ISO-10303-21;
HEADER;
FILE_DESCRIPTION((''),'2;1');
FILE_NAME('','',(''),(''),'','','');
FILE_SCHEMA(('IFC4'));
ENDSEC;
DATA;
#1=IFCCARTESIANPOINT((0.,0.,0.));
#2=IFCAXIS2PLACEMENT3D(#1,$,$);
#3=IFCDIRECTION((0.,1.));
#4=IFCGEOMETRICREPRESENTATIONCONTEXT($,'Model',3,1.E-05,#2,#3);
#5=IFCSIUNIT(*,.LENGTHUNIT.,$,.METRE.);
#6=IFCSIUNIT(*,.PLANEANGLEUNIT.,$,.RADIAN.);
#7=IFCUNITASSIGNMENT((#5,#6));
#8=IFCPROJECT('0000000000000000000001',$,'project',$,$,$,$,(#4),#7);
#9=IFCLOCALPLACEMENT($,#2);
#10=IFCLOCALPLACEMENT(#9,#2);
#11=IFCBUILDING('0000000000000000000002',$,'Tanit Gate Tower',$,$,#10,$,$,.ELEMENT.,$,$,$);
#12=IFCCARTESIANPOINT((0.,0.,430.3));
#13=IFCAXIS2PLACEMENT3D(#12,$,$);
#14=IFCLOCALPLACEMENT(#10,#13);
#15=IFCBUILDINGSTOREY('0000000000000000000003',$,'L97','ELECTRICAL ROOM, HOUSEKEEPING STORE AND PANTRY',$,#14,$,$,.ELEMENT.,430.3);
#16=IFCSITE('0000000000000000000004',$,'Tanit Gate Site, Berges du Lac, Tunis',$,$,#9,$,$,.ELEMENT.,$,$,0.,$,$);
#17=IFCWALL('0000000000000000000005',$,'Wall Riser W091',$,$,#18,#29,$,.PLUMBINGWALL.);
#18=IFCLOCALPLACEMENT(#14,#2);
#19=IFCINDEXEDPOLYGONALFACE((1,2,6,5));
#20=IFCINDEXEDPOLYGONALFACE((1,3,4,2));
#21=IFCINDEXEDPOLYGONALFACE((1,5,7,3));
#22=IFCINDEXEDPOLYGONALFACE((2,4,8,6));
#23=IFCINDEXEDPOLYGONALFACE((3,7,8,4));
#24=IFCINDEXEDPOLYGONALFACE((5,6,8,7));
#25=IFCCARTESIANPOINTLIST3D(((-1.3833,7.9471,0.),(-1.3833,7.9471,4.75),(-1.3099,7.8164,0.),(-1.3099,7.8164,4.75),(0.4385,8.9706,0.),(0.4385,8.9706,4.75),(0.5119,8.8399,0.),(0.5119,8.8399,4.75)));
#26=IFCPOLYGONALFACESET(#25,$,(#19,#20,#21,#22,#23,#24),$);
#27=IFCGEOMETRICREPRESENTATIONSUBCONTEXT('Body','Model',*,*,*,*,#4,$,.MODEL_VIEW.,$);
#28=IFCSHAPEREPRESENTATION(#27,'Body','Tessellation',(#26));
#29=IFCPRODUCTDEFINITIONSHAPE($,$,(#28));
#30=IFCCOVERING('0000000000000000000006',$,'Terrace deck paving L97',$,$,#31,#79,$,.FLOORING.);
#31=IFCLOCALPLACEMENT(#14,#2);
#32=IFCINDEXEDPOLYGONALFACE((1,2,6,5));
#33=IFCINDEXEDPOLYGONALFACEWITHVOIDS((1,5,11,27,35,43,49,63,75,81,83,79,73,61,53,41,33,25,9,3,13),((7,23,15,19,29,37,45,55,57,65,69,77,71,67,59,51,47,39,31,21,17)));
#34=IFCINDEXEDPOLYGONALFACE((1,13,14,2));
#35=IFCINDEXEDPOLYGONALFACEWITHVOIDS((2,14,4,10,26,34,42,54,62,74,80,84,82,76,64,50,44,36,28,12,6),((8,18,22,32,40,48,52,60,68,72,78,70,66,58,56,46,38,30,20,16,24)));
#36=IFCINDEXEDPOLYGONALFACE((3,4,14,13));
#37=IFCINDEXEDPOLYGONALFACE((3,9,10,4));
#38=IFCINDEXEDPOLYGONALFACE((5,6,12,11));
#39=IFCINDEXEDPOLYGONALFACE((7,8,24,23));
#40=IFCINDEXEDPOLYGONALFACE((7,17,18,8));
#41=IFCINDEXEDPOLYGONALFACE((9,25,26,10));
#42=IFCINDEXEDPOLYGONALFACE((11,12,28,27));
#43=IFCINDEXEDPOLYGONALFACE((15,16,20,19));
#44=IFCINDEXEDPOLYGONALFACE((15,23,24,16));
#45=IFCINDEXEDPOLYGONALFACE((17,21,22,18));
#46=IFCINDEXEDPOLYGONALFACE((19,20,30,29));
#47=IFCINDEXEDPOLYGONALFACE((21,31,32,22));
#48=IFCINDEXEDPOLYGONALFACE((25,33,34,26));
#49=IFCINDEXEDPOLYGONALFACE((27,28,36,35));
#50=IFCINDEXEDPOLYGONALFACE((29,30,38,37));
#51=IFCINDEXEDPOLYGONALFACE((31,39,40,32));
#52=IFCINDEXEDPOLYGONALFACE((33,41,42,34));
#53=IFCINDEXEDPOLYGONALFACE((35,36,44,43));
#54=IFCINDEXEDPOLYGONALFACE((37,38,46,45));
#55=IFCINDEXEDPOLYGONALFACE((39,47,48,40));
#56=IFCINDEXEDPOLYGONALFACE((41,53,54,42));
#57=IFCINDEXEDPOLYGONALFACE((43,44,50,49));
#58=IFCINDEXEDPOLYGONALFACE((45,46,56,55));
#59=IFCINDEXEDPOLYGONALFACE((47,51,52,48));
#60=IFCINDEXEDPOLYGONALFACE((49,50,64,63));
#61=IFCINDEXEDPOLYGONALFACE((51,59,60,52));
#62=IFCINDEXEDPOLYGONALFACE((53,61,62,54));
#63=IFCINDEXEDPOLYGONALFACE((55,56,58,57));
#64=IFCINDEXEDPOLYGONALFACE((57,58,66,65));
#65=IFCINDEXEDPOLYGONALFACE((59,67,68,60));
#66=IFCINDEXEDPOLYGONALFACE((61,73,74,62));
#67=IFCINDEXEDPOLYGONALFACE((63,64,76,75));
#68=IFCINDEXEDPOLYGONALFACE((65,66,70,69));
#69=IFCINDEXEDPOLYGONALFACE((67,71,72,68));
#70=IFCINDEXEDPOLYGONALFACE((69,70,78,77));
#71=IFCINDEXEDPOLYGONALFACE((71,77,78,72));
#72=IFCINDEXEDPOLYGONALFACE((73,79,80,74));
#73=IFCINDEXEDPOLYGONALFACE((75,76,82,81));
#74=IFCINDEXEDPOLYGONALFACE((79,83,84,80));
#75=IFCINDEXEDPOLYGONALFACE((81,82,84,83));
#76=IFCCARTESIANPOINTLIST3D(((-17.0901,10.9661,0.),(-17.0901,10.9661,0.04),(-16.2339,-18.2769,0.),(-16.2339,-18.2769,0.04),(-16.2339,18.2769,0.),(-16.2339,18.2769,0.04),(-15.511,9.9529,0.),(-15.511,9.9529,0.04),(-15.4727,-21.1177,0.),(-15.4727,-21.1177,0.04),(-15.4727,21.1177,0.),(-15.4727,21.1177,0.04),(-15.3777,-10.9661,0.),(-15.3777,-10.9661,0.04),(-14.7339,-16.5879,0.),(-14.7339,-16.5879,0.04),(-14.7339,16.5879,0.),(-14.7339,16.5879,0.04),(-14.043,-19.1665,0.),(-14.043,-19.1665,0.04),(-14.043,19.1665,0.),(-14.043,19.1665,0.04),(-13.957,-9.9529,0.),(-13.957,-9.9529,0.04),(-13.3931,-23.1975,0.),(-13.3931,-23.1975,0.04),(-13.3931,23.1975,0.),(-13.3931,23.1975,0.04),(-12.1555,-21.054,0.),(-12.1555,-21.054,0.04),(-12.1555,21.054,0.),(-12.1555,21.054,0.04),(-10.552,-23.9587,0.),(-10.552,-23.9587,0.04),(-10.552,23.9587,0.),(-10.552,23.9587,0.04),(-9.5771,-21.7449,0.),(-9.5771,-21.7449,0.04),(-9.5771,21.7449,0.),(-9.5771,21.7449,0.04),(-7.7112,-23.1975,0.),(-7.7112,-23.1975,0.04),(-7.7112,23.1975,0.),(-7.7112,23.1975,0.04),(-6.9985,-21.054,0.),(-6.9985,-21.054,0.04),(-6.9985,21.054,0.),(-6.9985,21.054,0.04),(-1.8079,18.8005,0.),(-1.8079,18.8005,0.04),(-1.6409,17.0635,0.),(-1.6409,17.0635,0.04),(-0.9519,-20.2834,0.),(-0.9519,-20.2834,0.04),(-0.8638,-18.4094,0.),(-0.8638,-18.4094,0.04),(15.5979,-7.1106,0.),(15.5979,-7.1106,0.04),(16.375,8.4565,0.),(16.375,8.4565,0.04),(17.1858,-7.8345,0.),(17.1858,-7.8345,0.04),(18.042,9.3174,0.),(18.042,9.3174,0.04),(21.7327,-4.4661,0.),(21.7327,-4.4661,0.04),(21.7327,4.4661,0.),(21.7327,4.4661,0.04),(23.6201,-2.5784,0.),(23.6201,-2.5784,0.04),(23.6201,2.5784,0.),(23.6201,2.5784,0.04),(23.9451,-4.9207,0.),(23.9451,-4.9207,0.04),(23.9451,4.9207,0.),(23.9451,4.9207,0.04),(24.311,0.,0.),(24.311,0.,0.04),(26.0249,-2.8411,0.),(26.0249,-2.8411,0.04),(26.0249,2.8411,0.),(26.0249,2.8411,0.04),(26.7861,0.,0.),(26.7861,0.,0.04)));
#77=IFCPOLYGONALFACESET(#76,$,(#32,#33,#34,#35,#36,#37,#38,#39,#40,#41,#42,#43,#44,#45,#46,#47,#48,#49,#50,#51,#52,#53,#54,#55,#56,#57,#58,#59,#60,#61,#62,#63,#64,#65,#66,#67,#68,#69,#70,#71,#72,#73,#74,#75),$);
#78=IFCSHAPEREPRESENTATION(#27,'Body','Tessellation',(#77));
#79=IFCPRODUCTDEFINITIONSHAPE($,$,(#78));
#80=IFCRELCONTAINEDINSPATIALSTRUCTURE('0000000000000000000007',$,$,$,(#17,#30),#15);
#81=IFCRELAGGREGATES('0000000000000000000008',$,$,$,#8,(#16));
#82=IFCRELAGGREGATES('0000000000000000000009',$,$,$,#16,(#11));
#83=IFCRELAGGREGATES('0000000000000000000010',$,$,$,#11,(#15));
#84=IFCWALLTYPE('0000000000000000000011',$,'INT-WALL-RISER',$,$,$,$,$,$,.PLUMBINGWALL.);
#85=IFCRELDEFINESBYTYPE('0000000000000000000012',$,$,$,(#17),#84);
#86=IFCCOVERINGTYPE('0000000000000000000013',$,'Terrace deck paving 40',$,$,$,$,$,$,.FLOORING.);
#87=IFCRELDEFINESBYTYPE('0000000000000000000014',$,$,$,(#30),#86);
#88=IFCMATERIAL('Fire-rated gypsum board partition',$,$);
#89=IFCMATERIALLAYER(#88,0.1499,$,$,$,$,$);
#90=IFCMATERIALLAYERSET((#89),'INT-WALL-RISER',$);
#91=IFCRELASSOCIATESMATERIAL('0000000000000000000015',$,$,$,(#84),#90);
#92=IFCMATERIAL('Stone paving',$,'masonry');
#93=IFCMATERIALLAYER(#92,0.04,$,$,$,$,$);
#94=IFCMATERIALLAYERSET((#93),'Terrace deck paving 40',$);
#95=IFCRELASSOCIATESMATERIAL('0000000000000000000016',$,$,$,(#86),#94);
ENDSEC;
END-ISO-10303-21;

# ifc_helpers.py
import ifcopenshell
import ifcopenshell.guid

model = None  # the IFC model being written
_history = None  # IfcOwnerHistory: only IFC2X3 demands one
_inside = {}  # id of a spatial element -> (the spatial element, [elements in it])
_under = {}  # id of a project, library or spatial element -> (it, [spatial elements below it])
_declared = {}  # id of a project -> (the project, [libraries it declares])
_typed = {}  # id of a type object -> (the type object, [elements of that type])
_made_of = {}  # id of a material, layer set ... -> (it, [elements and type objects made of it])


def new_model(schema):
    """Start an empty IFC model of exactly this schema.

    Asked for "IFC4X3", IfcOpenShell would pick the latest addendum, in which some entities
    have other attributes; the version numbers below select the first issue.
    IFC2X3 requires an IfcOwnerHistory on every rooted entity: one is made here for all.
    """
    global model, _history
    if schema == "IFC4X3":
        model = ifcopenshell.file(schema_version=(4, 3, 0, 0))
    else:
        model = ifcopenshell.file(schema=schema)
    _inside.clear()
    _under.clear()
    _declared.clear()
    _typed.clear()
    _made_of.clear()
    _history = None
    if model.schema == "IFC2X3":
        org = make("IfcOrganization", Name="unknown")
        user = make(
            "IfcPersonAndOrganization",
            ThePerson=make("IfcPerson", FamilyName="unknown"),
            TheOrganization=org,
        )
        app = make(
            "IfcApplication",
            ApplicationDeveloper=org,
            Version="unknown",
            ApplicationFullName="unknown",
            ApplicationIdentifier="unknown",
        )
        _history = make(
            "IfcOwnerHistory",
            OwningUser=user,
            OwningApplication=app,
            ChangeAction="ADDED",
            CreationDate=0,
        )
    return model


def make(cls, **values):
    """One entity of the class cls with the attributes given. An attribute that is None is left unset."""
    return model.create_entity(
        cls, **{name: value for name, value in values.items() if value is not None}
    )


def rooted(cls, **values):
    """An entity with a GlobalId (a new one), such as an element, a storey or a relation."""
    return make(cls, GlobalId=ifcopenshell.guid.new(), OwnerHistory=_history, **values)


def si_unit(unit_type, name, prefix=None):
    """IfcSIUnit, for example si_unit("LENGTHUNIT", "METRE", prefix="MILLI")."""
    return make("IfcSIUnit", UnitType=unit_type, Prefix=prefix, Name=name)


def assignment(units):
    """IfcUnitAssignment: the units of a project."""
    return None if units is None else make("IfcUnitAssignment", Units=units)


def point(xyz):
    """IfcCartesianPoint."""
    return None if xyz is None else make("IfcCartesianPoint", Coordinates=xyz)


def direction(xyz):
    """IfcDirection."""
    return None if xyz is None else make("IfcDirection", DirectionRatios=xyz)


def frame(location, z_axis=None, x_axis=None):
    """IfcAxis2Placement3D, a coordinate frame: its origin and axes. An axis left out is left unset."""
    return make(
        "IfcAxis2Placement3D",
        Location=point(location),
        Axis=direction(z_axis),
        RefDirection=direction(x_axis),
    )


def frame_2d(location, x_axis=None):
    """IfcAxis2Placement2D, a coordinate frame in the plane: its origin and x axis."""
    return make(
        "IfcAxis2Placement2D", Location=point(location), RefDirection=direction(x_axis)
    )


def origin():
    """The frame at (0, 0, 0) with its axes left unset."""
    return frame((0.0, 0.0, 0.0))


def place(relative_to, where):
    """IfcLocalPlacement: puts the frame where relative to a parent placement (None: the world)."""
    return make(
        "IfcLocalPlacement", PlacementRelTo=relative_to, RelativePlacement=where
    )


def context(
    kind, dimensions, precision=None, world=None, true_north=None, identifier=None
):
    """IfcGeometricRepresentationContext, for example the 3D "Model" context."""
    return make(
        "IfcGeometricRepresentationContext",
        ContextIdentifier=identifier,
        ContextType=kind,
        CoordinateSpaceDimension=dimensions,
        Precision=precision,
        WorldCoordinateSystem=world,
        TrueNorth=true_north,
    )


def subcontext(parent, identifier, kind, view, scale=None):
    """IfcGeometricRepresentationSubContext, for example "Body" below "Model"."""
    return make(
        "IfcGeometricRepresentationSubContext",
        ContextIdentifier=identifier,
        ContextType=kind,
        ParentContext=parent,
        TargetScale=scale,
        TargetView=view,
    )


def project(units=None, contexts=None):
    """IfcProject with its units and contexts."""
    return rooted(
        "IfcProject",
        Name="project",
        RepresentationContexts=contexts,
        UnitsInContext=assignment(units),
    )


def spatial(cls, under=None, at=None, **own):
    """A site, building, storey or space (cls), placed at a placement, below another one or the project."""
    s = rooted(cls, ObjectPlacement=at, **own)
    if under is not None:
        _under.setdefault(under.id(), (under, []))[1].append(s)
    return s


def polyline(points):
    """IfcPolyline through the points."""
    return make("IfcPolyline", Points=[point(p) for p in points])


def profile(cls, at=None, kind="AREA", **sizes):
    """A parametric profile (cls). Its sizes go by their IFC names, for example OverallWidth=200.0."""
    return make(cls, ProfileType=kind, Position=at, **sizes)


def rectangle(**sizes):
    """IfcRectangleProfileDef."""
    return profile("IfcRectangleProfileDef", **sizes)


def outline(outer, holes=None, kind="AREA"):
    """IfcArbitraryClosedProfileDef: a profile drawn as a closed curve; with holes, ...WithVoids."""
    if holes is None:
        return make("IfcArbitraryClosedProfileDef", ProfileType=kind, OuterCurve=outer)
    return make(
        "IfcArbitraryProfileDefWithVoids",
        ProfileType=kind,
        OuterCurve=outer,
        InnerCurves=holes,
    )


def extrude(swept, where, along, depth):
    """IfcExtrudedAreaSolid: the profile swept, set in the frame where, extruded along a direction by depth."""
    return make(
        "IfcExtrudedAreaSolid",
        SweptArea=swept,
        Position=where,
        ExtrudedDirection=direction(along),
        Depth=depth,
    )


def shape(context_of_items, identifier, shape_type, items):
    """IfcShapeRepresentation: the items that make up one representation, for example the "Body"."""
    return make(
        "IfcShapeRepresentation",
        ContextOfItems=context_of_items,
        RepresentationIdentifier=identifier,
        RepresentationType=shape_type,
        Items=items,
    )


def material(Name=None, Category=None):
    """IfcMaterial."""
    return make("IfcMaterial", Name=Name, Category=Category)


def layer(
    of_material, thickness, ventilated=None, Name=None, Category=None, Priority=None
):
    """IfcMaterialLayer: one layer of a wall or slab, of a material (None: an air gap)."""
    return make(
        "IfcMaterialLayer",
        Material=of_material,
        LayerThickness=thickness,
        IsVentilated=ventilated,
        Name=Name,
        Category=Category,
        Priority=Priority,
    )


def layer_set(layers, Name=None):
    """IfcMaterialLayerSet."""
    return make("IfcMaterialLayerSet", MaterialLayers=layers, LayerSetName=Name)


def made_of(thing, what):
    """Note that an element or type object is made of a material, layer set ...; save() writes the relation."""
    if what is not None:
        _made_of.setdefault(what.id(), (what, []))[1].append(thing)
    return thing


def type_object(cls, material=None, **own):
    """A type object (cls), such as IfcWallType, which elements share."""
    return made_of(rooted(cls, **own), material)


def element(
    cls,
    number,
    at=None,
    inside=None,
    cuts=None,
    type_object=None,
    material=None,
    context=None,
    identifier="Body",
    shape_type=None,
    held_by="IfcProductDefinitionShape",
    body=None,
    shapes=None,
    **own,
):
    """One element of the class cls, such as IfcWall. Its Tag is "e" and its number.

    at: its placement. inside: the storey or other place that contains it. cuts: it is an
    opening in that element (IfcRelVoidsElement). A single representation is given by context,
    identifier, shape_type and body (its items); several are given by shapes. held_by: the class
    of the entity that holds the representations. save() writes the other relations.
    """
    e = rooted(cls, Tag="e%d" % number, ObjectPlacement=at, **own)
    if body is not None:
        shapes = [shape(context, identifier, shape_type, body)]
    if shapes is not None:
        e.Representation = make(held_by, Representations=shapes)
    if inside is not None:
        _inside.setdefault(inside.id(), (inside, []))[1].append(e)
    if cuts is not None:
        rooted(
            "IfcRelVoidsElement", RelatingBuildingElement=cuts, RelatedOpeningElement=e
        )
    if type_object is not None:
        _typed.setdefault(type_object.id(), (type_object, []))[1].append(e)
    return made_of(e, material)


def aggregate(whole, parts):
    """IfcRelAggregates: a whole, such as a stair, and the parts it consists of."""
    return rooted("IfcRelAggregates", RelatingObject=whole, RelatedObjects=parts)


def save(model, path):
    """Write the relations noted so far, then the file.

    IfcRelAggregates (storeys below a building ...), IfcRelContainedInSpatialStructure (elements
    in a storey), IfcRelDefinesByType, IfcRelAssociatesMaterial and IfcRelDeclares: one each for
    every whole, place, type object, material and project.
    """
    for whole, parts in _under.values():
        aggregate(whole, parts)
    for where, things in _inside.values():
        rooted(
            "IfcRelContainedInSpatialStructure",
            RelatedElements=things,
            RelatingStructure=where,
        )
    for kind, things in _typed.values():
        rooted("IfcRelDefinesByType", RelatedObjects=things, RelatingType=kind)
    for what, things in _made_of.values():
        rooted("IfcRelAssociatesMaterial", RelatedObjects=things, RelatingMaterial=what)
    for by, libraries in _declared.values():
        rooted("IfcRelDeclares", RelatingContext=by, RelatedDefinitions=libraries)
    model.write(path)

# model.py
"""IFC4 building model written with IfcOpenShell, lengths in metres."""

from ifc_helpers import new_model, si_unit, direction, frame, frame_2d, origin, place, context, subcontext, project, spatial, polyline, rectangle, outline, extrude, material, layer, layer_set, type_object, element, save


model = new_model("IFC4")

# Units and contexts
model_context = context("Model", 3, precision=1e-05, world=origin(), true_north=direction((0.0, 1.0)))
body_context = subcontext(model_context, "Body", "Model", "MODEL_VIEW")
ifc_project = project(units=[si_unit("LENGTHUNIT", "METRE"), si_unit("PLANEANGLEUNIT", "RADIAN")], contexts=[model_context])

# Site, building, storey
site_placement = place(None, origin())
site = spatial("IfcSite", under=ifc_project, at=site_placement, Name="Tanit Gate Site, Berges du Lac, Tunis", CompositionType="ELEMENT", RefElevation=0.0)
building_placement = place(site_placement, origin())
building = spatial("IfcBuilding", under=site, at=building_placement, Name="Tanit Gate Tower", CompositionType="ELEMENT")
storey_placement = place(building_placement, frame((0.0, 0.0, 430.3)))
storey = spatial("IfcBuildingStorey", under=building, at=storey_placement, Name="L97", Description="ELECTRICAL ROOM, HOUSEKEEPING STORE AND PANTRY", CompositionType="ELEMENT", Elevation=430.3)

# Shared definitions
ifc_material_1 = material(Name="Fire-rated gypsum board partition")
ifc_layer_1 = layer(ifc_material_1, 0.1499)
ifc_layer_set_1 = layer_set([ifc_layer_1], Name="INT-WALL-RISER")
wall_type_1 = type_object("IfcWallType", Name="INT-WALL-RISER", PredefinedType="PLUMBINGWALL", material=ifc_layer_set_1)

# Wall
wall_1_placement = place(storey_placement, frame((0.4753, 8.9053, 0.0), z_axis=(0.0, 0.0, 1.0), x_axis=(-0.871844, -0.489784, 0.0)))
element("IfcWall", 1, at=wall_1_placement, inside=storey, type_object=wall_type_1, Name="Wall Riser W091", PredefinedType="PLUMBINGWALL", context=body_context, shape_type="SweptSolid", body=[
    extrude(rectangle(XDim=2.0896, YDim=0.1499, at=frame_2d((1.0449, 0.0))), origin(), (0.0, 0.0, 1.0), 4.75),
])

# Covering
ifc_material_2 = material(Name="Stone paving", Category="masonry")
ifc_layer_2 = layer(ifc_material_2, 0.04)
ifc_layer_set_2 = layer_set([ifc_layer_2], Name="Terrace deck paving 40")
covering_type = type_object("IfcCoveringType", Name="Terrace deck paving 40", PredefinedType="FLOORING", material=ifc_layer_set_2)
covering_placement = place(storey_placement, origin())
element("IfcCovering", 2, at=covering_placement, inside=storey, type_object=covering_type, Name="Terrace deck paving L97", PredefinedType="FLOORING", context=body_context, shape_type="SweptSolid", body=[
    extrude(outline(polyline([(26.0249, 2.8411), (26.7861, 0.0), (26.0249, -2.8411), (23.9451, -4.9207), (17.1858, -7.8345), (-0.9519, -20.2834), (-7.7112, -23.1975), (-10.552, -23.9587), (-13.3931, -23.1975), (-15.4727, -21.1177), (-16.2339, -18.2769), (-15.3777, -10.9661), (-17.0901, 10.9661), (-16.2339, 18.2769), (-15.4727, 21.1177), (-13.3931, 23.1975), (-10.552, 23.9587), (-7.7112, 23.1975), (-1.8079, 18.8005), (18.042, 9.3174), (23.9451, 4.9207), (26.0249, 2.8411)]), holes=[polyline([(16.375, 8.4565), (-1.6409, 17.0635), (-6.9985, 21.054), (-9.5771, 21.7449), (-12.1555, 21.054), (-14.043, 19.1665), (-14.7339, 16.5879), (-15.511, 9.9529), (-13.957, -9.9529), (-14.7339, -16.5879), (-14.043, -19.1665), (-12.1555, -21.054), (-9.5771, -21.7449), (-6.9985, -21.054), (-0.8638, -18.4094), (15.5979, -7.1106), (21.7327, -4.4661), (23.6201, -2.5784), (24.311, 0.0), (23.6201, 2.5784), (21.7327, 4.4661), (16.375, 8.4565)])]), origin(), (0.0, 0.0, 1.0), 0.04),
])

save(model, "model.ifc")
